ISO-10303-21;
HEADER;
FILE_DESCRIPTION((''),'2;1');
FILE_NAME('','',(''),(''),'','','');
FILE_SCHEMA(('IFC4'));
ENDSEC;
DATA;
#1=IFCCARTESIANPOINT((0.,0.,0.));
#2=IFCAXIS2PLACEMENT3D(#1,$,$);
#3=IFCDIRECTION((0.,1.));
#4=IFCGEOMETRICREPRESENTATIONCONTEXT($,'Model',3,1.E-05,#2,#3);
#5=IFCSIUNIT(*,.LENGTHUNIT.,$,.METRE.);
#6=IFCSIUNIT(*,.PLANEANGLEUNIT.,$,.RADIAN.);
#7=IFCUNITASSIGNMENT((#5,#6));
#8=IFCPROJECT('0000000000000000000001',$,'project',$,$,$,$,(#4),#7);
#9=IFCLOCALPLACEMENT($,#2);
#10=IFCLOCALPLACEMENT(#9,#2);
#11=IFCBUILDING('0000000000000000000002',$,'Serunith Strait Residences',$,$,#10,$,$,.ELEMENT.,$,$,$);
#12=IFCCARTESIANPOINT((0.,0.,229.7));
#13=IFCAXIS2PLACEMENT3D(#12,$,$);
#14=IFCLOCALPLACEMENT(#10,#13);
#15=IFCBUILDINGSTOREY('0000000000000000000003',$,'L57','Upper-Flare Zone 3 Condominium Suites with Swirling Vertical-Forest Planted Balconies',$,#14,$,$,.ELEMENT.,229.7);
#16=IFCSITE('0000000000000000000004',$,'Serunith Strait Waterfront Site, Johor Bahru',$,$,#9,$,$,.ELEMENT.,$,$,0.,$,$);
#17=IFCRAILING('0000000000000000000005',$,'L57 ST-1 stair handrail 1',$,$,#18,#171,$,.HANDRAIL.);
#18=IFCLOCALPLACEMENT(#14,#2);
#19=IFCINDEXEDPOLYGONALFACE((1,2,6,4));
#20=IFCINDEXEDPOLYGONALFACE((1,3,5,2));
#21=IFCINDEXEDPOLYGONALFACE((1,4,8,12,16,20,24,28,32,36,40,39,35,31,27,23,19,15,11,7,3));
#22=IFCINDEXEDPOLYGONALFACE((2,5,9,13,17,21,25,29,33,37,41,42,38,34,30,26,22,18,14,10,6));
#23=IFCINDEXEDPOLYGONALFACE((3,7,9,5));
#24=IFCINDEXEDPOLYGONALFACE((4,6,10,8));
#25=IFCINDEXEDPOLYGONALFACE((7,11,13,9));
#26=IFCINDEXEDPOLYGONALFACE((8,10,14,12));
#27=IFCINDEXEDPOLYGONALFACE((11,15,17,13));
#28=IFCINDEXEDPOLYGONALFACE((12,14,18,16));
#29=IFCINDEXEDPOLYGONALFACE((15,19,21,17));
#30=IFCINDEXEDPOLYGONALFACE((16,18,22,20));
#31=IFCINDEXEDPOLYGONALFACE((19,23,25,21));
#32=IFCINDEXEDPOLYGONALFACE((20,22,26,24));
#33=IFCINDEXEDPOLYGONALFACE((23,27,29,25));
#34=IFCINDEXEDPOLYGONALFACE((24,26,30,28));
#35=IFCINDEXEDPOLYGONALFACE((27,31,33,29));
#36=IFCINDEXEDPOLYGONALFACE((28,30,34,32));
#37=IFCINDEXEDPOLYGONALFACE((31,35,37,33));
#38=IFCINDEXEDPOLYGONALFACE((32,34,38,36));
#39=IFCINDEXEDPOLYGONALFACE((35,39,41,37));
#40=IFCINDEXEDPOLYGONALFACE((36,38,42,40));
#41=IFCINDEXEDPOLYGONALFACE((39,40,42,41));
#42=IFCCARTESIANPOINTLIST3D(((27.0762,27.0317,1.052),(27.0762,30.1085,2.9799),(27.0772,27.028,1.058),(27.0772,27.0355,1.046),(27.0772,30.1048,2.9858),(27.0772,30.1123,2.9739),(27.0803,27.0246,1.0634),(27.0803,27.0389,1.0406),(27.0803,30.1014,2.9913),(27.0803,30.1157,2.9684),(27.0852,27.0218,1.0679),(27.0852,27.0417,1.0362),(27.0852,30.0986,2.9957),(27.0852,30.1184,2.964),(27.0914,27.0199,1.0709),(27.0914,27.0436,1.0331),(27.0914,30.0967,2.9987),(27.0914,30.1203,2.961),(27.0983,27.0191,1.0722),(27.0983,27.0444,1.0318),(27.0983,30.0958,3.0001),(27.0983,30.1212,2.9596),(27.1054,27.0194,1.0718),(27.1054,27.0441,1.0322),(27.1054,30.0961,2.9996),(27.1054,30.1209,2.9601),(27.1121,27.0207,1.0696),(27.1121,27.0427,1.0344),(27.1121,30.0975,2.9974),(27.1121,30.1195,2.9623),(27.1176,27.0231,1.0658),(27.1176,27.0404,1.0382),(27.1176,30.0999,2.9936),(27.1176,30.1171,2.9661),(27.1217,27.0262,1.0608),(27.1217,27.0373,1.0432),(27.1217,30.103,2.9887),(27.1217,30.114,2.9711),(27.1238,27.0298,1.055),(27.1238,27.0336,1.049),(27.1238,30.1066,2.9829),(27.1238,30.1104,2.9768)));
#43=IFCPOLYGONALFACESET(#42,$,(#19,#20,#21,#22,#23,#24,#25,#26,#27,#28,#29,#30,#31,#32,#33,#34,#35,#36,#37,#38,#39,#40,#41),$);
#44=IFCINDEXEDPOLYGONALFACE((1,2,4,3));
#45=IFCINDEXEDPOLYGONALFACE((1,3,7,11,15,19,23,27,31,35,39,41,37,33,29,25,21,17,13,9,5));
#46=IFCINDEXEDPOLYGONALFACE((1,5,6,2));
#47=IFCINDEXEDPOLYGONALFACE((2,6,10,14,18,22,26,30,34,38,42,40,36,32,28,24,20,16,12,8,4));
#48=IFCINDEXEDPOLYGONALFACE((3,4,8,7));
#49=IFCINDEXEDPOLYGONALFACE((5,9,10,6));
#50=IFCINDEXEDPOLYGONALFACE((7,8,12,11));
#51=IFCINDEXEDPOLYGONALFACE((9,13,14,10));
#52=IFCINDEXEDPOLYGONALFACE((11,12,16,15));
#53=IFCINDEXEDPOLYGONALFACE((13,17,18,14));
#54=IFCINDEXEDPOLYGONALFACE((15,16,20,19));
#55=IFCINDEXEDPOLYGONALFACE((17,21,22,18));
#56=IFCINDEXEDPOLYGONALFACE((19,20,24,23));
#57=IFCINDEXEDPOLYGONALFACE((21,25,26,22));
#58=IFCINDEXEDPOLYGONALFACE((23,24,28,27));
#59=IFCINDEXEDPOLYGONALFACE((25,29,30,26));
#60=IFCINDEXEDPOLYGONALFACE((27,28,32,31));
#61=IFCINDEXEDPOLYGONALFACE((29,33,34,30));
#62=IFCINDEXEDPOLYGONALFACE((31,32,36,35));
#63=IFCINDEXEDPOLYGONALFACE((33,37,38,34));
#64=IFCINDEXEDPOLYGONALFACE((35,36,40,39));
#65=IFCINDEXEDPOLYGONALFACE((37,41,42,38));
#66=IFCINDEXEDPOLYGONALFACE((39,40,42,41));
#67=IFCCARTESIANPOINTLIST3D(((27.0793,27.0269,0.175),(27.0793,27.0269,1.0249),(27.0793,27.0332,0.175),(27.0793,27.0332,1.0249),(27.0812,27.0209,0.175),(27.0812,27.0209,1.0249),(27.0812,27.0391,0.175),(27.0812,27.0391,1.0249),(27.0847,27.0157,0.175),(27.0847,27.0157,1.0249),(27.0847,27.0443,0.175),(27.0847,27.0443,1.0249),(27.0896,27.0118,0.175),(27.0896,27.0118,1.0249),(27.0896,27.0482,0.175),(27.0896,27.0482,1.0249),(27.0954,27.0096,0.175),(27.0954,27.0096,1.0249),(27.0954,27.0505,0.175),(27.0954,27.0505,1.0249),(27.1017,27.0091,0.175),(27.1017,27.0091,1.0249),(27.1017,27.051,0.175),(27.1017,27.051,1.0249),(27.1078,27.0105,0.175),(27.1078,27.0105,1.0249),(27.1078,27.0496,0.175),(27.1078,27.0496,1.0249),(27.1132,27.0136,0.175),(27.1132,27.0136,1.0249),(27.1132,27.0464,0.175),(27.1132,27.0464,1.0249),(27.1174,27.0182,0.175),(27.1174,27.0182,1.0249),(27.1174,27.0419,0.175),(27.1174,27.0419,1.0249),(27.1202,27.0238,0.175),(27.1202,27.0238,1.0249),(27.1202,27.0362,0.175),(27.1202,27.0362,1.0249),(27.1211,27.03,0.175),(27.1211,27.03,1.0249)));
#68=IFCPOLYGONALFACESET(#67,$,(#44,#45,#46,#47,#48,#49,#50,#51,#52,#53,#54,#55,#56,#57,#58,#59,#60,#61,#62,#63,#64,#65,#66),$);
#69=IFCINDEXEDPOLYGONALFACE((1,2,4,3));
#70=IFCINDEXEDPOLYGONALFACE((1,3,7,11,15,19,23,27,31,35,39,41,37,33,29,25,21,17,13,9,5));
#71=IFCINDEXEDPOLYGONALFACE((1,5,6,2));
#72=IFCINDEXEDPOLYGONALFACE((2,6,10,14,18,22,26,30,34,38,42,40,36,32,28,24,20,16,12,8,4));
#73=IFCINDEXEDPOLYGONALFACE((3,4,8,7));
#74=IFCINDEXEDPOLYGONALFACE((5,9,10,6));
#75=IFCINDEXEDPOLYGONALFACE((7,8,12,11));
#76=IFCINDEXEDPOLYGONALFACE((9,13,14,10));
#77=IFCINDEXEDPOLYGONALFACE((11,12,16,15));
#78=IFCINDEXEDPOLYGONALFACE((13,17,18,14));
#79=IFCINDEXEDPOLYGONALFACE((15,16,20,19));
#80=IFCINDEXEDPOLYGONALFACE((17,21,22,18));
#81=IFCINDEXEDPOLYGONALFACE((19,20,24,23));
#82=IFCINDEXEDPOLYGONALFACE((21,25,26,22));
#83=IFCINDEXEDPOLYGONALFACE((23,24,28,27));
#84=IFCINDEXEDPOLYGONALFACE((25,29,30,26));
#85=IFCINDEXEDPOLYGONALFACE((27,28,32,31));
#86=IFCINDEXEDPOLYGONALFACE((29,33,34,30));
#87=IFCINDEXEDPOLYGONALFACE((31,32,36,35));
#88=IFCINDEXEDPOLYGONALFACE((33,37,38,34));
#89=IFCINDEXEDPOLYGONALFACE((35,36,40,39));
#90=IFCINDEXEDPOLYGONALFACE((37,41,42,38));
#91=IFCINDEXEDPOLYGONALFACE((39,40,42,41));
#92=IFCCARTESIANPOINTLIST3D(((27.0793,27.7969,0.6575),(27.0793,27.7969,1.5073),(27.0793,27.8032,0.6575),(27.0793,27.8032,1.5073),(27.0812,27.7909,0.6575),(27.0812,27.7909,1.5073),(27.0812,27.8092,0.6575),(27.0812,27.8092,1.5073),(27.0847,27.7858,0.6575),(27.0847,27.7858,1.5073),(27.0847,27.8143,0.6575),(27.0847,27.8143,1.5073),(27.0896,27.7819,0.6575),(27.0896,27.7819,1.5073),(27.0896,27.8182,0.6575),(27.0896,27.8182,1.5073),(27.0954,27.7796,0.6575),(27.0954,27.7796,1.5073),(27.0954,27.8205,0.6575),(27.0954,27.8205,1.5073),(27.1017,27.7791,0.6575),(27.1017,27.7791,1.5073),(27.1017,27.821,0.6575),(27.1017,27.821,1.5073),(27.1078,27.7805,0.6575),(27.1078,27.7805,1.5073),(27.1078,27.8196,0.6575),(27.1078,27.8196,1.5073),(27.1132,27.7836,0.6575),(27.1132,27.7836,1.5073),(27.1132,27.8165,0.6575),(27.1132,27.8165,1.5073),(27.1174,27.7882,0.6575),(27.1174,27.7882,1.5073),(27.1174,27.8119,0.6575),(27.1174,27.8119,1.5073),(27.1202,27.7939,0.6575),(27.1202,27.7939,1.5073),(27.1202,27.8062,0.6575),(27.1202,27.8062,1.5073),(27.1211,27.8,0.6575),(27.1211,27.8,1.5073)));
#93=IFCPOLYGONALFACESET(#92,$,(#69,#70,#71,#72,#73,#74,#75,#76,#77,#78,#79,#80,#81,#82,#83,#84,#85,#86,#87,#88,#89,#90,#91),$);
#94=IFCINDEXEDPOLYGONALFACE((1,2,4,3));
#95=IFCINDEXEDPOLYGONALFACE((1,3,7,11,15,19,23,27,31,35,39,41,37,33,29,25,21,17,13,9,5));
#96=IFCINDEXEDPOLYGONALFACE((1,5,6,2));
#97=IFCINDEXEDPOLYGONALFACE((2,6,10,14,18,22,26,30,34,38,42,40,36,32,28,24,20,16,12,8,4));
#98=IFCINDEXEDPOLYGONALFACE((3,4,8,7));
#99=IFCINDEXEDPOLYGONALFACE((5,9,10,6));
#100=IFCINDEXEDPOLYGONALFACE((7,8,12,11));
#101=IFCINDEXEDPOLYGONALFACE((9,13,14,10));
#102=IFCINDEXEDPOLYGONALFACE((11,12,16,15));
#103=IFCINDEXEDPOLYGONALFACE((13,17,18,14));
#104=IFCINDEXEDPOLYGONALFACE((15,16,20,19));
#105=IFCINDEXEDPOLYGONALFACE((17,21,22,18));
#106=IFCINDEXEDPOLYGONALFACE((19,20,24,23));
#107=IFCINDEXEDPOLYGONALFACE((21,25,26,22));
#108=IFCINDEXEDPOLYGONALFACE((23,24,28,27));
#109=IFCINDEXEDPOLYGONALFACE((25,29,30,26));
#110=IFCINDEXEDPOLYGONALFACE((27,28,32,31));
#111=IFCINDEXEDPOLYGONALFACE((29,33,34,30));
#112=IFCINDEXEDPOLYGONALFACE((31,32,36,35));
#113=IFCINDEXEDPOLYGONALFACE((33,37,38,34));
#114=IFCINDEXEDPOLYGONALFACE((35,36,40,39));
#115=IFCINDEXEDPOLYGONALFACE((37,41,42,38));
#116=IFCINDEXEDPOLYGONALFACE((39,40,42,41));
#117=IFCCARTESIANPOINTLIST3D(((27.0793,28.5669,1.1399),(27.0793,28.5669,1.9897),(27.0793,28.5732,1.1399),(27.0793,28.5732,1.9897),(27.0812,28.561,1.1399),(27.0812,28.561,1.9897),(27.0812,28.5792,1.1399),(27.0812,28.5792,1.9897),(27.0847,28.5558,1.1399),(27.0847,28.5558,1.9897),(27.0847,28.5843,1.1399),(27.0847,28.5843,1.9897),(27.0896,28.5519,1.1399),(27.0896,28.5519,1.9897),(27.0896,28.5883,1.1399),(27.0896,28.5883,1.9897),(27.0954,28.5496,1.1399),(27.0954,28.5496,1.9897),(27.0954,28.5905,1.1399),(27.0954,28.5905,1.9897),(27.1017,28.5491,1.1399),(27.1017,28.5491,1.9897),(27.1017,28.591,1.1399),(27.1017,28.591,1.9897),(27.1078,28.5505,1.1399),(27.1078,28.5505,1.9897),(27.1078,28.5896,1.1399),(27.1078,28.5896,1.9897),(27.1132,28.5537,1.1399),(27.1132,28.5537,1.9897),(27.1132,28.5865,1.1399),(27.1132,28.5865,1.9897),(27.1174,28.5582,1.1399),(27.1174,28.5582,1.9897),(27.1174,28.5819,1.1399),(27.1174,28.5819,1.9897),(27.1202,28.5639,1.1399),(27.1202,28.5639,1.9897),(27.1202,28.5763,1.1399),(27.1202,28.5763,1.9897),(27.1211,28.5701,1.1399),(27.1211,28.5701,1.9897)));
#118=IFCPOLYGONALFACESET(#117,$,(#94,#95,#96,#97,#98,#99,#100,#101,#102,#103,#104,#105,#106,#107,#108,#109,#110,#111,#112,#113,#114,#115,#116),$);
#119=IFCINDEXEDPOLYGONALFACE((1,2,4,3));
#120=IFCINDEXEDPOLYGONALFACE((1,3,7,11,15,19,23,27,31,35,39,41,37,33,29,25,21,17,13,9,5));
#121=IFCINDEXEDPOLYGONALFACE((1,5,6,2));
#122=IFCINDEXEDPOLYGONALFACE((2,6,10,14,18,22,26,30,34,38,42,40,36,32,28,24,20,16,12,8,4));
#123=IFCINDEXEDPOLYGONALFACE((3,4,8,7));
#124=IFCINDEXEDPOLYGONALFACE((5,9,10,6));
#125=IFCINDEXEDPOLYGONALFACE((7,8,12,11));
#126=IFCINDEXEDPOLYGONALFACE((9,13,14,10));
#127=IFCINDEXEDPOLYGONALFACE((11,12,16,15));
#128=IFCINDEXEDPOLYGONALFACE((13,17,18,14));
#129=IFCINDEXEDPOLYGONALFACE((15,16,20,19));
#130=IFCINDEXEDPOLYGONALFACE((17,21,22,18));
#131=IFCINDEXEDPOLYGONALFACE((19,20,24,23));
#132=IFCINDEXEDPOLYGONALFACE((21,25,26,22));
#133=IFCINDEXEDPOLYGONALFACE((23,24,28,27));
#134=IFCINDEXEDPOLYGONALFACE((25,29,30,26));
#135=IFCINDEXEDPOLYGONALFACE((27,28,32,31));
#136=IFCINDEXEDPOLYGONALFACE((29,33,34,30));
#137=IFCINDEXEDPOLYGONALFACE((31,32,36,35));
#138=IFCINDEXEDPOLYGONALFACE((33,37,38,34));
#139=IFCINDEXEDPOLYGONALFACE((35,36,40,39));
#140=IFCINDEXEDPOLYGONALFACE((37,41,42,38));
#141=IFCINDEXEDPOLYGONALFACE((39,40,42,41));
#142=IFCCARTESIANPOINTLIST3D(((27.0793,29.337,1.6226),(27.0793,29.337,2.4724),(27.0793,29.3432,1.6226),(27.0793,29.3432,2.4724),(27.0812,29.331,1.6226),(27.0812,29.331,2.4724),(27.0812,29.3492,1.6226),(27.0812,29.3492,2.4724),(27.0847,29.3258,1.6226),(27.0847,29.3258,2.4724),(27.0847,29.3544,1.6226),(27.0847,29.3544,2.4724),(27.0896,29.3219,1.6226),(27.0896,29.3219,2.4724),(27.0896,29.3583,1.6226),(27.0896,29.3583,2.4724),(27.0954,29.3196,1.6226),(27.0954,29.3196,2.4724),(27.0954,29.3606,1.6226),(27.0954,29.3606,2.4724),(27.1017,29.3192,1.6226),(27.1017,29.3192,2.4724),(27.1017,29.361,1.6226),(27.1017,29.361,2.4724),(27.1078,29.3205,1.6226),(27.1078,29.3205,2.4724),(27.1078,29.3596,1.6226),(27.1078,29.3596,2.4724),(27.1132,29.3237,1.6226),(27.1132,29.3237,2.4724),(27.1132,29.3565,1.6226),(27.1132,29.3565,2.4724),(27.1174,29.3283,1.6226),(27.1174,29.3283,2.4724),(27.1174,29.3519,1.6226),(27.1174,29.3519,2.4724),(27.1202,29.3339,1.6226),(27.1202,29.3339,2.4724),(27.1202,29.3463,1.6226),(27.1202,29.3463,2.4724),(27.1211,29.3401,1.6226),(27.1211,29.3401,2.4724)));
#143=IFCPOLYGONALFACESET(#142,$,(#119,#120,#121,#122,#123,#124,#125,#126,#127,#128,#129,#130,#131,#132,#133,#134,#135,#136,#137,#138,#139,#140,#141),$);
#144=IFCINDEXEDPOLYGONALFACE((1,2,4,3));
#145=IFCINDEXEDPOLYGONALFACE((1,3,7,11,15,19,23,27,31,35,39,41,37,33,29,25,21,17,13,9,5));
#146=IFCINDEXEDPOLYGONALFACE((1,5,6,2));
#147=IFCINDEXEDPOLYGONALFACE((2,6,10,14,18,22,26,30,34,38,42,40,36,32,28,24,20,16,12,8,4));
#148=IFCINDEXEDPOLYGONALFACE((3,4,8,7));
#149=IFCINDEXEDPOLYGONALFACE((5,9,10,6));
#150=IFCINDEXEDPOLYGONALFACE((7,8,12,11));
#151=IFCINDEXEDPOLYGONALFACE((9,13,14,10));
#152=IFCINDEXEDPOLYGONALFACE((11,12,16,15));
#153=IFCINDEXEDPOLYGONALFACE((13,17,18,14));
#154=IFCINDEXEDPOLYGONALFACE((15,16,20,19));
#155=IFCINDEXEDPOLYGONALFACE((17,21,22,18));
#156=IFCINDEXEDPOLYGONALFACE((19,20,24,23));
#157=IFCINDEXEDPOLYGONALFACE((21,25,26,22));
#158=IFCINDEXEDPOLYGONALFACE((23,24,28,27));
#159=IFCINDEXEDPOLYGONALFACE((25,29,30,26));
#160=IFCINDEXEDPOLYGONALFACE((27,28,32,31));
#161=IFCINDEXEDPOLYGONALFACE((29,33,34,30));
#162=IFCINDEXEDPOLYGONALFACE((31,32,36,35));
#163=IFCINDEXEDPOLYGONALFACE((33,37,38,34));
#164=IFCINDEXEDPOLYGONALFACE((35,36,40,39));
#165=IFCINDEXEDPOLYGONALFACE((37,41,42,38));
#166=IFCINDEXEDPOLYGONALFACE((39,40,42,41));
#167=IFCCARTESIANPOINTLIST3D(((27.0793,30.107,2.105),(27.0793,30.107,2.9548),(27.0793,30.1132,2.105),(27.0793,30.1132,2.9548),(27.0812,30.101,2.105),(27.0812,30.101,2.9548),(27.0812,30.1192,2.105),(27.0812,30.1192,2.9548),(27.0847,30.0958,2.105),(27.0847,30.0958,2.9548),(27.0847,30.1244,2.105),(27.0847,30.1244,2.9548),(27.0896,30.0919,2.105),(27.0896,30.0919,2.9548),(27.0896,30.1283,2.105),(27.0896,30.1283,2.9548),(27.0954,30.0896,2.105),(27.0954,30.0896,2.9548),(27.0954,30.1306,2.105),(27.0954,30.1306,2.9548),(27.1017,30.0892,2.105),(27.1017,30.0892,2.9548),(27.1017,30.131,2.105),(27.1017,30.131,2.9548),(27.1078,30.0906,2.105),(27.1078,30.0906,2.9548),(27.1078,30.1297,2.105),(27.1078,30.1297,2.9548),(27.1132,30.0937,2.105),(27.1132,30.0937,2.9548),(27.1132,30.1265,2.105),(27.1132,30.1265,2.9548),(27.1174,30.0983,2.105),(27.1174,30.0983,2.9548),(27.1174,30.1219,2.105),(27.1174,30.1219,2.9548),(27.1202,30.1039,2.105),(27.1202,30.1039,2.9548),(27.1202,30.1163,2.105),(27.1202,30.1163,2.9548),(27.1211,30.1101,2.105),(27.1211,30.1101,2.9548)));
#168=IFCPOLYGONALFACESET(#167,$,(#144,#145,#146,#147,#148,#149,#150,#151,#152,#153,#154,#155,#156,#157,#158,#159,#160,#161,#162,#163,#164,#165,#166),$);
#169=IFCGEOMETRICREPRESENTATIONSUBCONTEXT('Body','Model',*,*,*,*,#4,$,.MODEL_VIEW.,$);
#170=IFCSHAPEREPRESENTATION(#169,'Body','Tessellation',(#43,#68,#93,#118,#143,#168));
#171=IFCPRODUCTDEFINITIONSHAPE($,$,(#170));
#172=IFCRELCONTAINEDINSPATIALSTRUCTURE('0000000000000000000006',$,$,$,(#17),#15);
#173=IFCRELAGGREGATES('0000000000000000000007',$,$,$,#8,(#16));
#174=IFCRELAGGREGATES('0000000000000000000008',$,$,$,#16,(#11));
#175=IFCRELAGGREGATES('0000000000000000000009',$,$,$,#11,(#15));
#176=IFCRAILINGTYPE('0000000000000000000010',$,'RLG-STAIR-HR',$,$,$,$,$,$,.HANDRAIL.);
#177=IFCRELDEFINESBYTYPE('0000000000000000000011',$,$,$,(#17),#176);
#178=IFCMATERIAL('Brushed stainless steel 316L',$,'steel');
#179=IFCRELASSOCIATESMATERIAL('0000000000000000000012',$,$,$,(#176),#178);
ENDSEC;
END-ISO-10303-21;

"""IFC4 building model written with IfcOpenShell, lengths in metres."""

from ifc_helpers import new_model, si_unit, direction, frame, origin, origin_2d, place, context, subcontext, project, spatial, circle, extrude, material, type_object, element, save


model = new_model("IFC4")

# Units and contexts
model_context = context("Model", 3, precision=1e-05, world=origin(), true_north=direction((0.0, 1.0)))
body_context = subcontext(model_context, "Body", "Model", "MODEL_VIEW")
ifc_project = project(units=[si_unit("LENGTHUNIT", "METRE"), si_unit("PLANEANGLEUNIT", "RADIAN")], contexts=[model_context])

# Site, building, storey
site_placement = place(None, origin())
site = spatial("IfcSite", under=ifc_project, at=site_placement, Name="Serunith Strait Waterfront Site, Johor Bahru", CompositionType="ELEMENT", RefElevation=0.0)
building_placement = place(site_placement, origin())
building = spatial("IfcBuilding", under=site, at=building_placement, Name="Serunith Strait Residences", CompositionType="ELEMENT")
storey_placement = place(building_placement, frame((0.0, 0.0, 229.7)))
storey = spatial("IfcBuildingStorey", under=building, at=storey_placement, Name="L57", Description="Upper-Flare Zone 3 Condominium Suites with Swirling Vertical-Forest Planted Balconies", CompositionType="ELEMENT", Elevation=229.7)

# Railing
ifc_material_1 = material(Name="Brushed stainless steel 316L", Category="steel")
railing_type_1 = type_object("IfcRailingType", Name="RLG-STAIR-HR", PredefinedType="HANDRAIL", material=ifc_material_1)
railing_1_placement = place(storey_placement, frame((27.1001, 27.03, 0.175)))
element("IfcRailing", 1, at=railing_1_placement, inside=storey, type_object=railing_type_1, Name="L57 ST-1 stair handrail 1", PredefinedType="HANDRAIL", context=body_context, shape_type="SweptSolid", body=[
    extrude(circle(Radius=0.0239, at=origin_2d()), frame((0.0, 0.0017, 0.877), z_axis=(0.0, 0.847394, 0.530965), x_axis=(-1.0, 0.0, 0.0)), (0.0, 0.0, 1.0), 3.6309),
    extrude(circle(Radius=0.021, at=origin_2d()), origin(), (0.0, 0.0, 1.0), 0.8499),
    extrude(circle(Radius=0.021, at=origin_2d()), frame((0.0, 0.77, 0.4824)), (0.0, 0.0, 1.0), 0.8499),
    extrude(circle(Radius=0.021, at=origin_2d()), frame((0.0, 1.54, 0.9648)), (0.0, 0.0, 1.0), 0.8499),
    extrude(circle(Radius=0.021, at=origin_2d()), frame((0.0, 2.3101, 1.4475)), (0.0, 0.0, 1.0), 0.8499),
    extrude(circle(Radius=0.021, at=origin_2d()), frame((0.0, 3.0801, 1.9299)), (0.0, 0.0, 1.0), 0.8499),
])

save(model, "model.ifc")
